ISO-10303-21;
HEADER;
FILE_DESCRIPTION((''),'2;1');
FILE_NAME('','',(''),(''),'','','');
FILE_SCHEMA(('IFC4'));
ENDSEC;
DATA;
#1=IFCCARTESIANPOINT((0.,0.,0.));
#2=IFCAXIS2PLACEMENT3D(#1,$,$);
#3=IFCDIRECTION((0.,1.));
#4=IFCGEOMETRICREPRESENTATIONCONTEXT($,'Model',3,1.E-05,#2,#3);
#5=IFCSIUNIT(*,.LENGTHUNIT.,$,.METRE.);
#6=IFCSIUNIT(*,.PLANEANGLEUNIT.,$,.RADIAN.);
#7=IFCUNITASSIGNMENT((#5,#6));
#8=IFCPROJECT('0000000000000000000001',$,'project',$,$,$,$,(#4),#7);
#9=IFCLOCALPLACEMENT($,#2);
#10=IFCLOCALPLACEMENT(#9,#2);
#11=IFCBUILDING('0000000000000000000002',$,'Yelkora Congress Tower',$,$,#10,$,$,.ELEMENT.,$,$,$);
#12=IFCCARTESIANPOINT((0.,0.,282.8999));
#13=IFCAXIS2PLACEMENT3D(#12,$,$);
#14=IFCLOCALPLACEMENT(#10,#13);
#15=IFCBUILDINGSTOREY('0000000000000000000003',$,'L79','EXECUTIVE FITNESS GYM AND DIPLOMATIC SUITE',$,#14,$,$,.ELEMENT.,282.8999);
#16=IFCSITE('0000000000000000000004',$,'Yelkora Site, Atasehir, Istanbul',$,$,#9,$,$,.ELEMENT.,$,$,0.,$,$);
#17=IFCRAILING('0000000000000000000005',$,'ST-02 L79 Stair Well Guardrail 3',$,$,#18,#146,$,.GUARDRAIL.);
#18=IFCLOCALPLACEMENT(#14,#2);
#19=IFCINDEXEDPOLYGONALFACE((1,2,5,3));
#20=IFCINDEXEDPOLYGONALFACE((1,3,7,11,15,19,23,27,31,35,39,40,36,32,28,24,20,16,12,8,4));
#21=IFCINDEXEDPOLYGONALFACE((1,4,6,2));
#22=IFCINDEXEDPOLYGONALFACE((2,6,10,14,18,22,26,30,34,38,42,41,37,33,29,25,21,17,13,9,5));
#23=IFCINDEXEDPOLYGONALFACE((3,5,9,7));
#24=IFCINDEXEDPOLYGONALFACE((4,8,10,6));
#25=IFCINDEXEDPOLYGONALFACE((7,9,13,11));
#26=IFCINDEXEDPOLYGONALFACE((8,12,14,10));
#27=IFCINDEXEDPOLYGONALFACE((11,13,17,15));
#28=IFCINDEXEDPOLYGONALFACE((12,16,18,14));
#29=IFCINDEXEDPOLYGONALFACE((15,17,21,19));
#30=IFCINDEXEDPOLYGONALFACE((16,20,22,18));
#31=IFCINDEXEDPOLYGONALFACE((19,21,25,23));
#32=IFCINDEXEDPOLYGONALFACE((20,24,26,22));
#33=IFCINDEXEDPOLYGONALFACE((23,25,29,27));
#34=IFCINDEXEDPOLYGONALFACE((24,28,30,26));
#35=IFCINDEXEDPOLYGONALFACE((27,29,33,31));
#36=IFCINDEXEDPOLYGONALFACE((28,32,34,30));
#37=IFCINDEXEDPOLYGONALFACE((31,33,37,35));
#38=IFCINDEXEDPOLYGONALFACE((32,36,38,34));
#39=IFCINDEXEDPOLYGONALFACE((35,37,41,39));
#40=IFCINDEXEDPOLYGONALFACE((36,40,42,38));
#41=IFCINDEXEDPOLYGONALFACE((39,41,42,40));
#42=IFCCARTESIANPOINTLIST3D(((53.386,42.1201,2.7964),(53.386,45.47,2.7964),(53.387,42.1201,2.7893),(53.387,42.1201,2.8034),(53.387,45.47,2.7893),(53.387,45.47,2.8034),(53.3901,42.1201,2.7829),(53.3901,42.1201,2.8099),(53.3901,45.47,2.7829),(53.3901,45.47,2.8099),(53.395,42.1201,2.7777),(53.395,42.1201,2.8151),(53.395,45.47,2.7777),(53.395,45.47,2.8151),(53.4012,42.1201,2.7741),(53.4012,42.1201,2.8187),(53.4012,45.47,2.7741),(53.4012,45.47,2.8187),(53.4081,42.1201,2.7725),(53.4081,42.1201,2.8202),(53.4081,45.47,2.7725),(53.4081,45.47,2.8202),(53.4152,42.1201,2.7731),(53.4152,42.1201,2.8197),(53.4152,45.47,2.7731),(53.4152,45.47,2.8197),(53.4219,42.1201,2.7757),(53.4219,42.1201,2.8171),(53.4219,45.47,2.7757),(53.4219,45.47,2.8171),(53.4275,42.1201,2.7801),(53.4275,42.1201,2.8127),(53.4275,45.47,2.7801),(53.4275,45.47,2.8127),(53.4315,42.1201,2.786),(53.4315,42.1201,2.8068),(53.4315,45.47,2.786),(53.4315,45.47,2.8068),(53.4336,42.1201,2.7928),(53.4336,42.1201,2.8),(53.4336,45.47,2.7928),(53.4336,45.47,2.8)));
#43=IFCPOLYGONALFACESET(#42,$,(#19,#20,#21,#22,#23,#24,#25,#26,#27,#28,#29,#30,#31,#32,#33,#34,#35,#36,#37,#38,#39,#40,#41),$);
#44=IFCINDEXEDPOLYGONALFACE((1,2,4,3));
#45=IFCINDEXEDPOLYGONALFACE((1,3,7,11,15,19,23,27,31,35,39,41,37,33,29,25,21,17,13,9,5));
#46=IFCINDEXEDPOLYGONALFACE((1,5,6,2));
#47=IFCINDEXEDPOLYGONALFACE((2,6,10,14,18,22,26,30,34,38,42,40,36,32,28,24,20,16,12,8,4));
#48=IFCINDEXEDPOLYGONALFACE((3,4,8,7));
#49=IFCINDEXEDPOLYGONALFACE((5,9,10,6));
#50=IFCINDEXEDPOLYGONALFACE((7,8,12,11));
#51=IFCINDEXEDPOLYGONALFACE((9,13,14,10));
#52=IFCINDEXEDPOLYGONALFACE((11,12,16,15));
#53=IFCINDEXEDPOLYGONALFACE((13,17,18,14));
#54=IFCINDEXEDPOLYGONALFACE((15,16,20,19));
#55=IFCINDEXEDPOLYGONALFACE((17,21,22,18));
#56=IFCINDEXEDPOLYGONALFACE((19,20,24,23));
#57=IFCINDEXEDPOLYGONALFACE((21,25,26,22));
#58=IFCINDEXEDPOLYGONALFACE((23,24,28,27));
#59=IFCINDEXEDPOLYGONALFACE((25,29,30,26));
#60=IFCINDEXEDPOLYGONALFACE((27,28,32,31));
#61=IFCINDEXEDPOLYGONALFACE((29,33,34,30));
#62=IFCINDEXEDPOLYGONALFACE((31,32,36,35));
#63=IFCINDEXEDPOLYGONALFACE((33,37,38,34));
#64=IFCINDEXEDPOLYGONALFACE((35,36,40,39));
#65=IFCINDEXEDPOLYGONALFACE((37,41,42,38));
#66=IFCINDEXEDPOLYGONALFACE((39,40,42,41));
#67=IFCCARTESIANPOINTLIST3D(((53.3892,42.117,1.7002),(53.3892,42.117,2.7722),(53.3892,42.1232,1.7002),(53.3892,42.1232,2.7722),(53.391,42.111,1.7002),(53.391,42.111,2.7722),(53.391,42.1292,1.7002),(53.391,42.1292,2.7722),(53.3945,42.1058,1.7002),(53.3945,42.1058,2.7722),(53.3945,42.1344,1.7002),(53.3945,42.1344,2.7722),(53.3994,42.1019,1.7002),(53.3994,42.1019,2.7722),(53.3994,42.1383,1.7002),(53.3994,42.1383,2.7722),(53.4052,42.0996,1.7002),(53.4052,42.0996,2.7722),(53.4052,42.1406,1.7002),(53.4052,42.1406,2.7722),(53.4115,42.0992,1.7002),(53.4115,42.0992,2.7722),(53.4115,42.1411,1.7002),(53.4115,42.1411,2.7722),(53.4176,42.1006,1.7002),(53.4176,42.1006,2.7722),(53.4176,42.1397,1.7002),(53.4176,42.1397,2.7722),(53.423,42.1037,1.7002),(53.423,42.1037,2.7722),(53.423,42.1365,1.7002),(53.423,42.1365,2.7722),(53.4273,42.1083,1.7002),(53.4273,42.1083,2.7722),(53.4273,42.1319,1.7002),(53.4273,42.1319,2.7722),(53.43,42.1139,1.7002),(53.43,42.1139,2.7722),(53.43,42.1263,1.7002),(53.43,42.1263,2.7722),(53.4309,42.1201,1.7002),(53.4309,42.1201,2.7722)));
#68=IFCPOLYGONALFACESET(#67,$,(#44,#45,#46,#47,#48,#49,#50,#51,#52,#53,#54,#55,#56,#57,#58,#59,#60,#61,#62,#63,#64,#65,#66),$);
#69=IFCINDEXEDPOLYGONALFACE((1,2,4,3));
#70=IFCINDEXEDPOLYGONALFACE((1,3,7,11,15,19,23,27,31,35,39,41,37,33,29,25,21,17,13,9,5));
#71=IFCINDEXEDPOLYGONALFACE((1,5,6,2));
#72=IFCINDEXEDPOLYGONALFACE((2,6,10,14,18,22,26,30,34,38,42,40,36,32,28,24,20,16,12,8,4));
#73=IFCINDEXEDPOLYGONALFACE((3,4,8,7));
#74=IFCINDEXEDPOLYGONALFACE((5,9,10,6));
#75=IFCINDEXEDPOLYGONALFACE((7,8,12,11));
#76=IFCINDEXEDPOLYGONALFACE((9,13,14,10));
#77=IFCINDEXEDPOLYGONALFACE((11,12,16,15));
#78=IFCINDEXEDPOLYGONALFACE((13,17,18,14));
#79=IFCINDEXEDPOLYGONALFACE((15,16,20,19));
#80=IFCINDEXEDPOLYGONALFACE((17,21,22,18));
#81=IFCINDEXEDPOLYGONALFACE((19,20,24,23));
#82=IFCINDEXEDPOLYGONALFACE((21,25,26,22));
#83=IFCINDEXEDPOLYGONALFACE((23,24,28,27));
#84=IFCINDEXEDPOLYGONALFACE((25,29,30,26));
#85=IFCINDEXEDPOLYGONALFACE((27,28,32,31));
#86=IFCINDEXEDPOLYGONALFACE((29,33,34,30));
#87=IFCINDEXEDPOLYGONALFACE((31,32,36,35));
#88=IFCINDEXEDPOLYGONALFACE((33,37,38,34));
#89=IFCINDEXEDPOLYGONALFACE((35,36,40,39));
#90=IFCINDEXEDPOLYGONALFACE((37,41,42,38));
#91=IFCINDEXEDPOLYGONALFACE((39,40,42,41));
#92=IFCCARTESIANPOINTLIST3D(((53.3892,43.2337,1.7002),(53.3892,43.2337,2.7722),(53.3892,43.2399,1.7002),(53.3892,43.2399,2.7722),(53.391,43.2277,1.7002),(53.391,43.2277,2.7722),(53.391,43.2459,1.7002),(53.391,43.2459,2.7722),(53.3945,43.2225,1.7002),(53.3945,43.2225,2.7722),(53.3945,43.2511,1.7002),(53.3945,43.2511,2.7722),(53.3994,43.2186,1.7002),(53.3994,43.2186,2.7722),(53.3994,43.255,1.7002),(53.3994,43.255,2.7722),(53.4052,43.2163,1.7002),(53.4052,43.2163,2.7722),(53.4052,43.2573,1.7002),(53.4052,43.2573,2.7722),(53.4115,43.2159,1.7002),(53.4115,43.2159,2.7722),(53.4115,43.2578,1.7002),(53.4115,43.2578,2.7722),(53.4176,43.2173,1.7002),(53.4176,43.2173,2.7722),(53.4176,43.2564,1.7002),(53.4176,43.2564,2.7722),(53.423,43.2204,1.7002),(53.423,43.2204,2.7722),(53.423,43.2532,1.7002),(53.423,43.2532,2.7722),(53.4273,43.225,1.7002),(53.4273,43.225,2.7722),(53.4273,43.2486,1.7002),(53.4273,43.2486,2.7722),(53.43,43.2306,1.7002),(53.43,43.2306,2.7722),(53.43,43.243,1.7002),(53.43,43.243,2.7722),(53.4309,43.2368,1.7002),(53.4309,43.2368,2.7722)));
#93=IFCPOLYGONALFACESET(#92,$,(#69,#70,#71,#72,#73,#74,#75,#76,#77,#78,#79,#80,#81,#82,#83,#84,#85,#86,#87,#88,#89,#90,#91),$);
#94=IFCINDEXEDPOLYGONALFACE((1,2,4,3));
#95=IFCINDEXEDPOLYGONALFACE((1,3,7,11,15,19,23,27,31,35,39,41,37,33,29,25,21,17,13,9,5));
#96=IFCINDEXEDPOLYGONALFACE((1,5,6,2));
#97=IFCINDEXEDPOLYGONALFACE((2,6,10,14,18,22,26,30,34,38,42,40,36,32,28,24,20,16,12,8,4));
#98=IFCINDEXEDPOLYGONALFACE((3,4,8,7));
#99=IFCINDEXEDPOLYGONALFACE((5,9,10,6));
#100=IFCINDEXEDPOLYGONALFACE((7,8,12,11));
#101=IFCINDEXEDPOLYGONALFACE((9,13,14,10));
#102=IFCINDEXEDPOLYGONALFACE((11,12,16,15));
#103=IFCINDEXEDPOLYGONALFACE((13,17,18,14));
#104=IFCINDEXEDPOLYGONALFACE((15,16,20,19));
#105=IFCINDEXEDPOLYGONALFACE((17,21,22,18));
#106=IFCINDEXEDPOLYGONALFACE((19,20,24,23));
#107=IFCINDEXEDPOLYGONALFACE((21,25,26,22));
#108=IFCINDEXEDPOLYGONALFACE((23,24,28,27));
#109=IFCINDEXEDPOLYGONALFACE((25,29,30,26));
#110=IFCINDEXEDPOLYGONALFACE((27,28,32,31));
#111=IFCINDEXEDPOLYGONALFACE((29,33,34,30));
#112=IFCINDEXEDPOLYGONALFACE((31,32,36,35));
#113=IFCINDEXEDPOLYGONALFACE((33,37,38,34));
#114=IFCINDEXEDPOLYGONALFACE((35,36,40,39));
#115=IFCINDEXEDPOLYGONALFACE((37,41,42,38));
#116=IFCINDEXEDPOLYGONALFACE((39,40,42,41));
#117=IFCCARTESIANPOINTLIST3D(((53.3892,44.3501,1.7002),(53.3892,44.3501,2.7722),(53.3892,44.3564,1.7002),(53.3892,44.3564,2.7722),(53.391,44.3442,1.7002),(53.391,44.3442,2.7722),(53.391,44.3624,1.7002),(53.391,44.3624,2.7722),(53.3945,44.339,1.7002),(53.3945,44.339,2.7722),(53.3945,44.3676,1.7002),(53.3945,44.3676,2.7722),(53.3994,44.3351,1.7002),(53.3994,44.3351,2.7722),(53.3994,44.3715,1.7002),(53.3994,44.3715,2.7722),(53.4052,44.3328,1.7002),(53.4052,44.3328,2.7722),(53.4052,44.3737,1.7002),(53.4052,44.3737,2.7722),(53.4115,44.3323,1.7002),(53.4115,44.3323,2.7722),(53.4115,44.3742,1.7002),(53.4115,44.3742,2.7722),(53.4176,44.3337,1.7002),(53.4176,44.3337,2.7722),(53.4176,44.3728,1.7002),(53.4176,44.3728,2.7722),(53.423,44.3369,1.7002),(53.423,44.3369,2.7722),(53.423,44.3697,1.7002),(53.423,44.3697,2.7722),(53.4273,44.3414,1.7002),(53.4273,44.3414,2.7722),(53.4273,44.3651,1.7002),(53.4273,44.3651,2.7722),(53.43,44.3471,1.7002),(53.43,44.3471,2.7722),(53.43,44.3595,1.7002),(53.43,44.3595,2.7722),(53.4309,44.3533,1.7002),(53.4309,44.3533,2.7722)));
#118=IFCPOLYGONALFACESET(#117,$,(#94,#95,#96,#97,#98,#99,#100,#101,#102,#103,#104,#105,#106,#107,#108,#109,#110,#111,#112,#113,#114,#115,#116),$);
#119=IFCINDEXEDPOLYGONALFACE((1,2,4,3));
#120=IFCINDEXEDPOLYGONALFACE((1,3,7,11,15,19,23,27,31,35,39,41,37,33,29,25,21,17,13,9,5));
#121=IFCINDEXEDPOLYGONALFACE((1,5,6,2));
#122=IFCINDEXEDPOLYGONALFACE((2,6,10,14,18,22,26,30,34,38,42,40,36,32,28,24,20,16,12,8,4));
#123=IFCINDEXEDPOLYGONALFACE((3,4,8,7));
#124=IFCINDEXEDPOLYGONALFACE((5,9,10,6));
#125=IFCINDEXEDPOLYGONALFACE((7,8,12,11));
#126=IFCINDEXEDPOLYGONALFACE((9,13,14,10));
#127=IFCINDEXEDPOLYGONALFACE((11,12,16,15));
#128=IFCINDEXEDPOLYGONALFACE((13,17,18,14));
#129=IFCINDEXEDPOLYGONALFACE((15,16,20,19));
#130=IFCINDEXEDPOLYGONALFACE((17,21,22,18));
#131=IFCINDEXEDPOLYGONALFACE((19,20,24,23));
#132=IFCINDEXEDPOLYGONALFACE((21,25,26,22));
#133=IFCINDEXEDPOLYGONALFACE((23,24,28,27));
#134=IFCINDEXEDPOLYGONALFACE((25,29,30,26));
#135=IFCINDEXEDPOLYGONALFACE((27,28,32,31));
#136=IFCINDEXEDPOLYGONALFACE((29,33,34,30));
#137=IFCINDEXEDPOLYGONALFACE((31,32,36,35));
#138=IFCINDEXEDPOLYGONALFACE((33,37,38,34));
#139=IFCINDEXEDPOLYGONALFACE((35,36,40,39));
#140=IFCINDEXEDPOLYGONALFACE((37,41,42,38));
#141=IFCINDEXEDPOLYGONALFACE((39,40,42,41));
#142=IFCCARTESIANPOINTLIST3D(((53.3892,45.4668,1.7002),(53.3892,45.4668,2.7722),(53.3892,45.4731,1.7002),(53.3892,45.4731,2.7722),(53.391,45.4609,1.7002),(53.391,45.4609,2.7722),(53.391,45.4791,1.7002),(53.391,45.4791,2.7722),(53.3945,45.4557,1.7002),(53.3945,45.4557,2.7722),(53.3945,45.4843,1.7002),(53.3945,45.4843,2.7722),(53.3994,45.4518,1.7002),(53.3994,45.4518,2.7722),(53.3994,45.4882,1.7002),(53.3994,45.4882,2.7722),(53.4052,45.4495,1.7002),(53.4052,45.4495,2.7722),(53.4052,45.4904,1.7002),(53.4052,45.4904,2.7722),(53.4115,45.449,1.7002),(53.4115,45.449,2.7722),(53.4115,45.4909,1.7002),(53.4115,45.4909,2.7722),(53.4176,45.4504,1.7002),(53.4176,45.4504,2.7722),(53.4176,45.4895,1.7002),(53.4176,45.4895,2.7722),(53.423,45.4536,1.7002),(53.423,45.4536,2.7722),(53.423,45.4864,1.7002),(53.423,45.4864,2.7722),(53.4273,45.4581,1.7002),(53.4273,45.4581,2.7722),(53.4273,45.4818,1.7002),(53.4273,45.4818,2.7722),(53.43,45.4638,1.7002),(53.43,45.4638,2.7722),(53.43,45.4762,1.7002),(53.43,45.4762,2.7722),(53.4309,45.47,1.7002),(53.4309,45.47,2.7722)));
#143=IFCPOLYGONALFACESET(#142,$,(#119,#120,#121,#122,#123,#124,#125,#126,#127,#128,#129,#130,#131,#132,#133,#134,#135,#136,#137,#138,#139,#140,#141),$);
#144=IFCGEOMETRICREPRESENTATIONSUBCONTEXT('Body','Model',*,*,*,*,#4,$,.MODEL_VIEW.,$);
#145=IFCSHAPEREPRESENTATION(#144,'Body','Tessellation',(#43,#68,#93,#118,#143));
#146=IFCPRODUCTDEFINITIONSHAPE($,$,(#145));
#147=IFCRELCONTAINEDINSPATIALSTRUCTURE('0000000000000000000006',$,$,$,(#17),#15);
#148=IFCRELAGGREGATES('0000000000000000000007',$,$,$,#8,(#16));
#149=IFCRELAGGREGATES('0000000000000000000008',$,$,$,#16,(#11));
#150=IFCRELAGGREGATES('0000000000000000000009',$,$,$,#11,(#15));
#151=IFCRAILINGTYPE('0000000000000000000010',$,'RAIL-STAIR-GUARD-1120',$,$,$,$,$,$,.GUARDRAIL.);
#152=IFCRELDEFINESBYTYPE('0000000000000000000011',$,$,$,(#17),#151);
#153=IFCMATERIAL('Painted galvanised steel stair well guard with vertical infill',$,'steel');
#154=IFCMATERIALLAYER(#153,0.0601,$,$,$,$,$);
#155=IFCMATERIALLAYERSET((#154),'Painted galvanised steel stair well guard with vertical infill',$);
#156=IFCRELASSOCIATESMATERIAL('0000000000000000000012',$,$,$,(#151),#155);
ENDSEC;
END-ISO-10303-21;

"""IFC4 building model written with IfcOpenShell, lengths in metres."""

from ifc_helpers import new_model, si_unit, direction, frame, origin, origin_2d, place, context, subcontext, project, spatial, circle, extrude, material, layer, layer_set, type_object, element, save


model = new_model("IFC4")

# Units and contexts
model_context = context("Model", 3, precision=1e-05, world=origin(), true_north=direction((0.0, 1.0)))
body_context = subcontext(model_context, "Body", "Model", "MODEL_VIEW")
ifc_project = project(units=[si_unit("LENGTHUNIT", "METRE"), si_unit("PLANEANGLEUNIT", "RADIAN")], contexts=[model_context])

# Site, building, storey
site_placement = place(None, origin())
site = spatial("IfcSite", under=ifc_project, at=site_placement, Name="Yelkora Site, Atasehir, Istanbul", CompositionType="ELEMENT", RefElevation=0.0)
building_placement = place(site_placement, origin())
building = spatial("IfcBuilding", under=site, at=building_placement, Name="Yelkora Congress Tower", CompositionType="ELEMENT")
storey_placement = place(building_placement, frame((0.0, 0.0, 282.8999)))
storey = spatial("IfcBuildingStorey", under=building, at=storey_placement, Name="L79", Description="EXECUTIVE FITNESS GYM AND DIPLOMATIC SUITE", CompositionType="ELEMENT", Elevation=282.8999)

# Railing
ifc_material_1 = material(Name="Painted galvanised steel stair well guard with vertical infill", Category="steel")
ifc_layer_1 = layer(ifc_material_1, 0.0601)
ifc_layer_set_1 = layer_set([ifc_layer_1], Name="Painted galvanised steel stair well guard with vertical infill")
railing_type = type_object("IfcRailingType", Name="RAIL-STAIR-GUARD-1120", PredefinedType="GUARDRAIL", material=ifc_layer_set_1)
railing_1_placement = place(storey_placement, frame((53.4099, 42.1201, 1.7002)))
element("IfcRailing", 1, at=railing_1_placement, inside=storey, type_object=railing_type, Name="ST-02 L79 Stair Well Guardrail 3", PredefinedType="GUARDRAIL", context=body_context, shape_type="SweptSolid", body=[
    extrude(circle(Radius=0.0239, at=origin_2d()), frame((0.0, 0.0, 1.0962), z_axis=(0.0, 1.0, 0.0), x_axis=(-1.0, 0.0, 0.0)), (0.0, 0.0, 1.0), 3.3499),
    extrude(circle(Radius=0.021, at=origin_2d()), origin(), (0.0, 0.0, 1.0), 1.072),
    extrude(circle(Radius=0.021, at=origin_2d()), frame((0.0, 1.1167, 0.0)), (0.0, 0.0, 1.0), 1.072),
    extrude(circle(Radius=0.021, at=origin_2d()), frame((0.0, 2.2332, 0.0)), (0.0, 0.0, 1.0), 1.072),
    extrude(circle(Radius=0.021, at=origin_2d()), frame((0.0, 3.3499, 0.0)), (0.0, 0.0, 1.0), 1.072),
])

save(model, "model.ifc")
